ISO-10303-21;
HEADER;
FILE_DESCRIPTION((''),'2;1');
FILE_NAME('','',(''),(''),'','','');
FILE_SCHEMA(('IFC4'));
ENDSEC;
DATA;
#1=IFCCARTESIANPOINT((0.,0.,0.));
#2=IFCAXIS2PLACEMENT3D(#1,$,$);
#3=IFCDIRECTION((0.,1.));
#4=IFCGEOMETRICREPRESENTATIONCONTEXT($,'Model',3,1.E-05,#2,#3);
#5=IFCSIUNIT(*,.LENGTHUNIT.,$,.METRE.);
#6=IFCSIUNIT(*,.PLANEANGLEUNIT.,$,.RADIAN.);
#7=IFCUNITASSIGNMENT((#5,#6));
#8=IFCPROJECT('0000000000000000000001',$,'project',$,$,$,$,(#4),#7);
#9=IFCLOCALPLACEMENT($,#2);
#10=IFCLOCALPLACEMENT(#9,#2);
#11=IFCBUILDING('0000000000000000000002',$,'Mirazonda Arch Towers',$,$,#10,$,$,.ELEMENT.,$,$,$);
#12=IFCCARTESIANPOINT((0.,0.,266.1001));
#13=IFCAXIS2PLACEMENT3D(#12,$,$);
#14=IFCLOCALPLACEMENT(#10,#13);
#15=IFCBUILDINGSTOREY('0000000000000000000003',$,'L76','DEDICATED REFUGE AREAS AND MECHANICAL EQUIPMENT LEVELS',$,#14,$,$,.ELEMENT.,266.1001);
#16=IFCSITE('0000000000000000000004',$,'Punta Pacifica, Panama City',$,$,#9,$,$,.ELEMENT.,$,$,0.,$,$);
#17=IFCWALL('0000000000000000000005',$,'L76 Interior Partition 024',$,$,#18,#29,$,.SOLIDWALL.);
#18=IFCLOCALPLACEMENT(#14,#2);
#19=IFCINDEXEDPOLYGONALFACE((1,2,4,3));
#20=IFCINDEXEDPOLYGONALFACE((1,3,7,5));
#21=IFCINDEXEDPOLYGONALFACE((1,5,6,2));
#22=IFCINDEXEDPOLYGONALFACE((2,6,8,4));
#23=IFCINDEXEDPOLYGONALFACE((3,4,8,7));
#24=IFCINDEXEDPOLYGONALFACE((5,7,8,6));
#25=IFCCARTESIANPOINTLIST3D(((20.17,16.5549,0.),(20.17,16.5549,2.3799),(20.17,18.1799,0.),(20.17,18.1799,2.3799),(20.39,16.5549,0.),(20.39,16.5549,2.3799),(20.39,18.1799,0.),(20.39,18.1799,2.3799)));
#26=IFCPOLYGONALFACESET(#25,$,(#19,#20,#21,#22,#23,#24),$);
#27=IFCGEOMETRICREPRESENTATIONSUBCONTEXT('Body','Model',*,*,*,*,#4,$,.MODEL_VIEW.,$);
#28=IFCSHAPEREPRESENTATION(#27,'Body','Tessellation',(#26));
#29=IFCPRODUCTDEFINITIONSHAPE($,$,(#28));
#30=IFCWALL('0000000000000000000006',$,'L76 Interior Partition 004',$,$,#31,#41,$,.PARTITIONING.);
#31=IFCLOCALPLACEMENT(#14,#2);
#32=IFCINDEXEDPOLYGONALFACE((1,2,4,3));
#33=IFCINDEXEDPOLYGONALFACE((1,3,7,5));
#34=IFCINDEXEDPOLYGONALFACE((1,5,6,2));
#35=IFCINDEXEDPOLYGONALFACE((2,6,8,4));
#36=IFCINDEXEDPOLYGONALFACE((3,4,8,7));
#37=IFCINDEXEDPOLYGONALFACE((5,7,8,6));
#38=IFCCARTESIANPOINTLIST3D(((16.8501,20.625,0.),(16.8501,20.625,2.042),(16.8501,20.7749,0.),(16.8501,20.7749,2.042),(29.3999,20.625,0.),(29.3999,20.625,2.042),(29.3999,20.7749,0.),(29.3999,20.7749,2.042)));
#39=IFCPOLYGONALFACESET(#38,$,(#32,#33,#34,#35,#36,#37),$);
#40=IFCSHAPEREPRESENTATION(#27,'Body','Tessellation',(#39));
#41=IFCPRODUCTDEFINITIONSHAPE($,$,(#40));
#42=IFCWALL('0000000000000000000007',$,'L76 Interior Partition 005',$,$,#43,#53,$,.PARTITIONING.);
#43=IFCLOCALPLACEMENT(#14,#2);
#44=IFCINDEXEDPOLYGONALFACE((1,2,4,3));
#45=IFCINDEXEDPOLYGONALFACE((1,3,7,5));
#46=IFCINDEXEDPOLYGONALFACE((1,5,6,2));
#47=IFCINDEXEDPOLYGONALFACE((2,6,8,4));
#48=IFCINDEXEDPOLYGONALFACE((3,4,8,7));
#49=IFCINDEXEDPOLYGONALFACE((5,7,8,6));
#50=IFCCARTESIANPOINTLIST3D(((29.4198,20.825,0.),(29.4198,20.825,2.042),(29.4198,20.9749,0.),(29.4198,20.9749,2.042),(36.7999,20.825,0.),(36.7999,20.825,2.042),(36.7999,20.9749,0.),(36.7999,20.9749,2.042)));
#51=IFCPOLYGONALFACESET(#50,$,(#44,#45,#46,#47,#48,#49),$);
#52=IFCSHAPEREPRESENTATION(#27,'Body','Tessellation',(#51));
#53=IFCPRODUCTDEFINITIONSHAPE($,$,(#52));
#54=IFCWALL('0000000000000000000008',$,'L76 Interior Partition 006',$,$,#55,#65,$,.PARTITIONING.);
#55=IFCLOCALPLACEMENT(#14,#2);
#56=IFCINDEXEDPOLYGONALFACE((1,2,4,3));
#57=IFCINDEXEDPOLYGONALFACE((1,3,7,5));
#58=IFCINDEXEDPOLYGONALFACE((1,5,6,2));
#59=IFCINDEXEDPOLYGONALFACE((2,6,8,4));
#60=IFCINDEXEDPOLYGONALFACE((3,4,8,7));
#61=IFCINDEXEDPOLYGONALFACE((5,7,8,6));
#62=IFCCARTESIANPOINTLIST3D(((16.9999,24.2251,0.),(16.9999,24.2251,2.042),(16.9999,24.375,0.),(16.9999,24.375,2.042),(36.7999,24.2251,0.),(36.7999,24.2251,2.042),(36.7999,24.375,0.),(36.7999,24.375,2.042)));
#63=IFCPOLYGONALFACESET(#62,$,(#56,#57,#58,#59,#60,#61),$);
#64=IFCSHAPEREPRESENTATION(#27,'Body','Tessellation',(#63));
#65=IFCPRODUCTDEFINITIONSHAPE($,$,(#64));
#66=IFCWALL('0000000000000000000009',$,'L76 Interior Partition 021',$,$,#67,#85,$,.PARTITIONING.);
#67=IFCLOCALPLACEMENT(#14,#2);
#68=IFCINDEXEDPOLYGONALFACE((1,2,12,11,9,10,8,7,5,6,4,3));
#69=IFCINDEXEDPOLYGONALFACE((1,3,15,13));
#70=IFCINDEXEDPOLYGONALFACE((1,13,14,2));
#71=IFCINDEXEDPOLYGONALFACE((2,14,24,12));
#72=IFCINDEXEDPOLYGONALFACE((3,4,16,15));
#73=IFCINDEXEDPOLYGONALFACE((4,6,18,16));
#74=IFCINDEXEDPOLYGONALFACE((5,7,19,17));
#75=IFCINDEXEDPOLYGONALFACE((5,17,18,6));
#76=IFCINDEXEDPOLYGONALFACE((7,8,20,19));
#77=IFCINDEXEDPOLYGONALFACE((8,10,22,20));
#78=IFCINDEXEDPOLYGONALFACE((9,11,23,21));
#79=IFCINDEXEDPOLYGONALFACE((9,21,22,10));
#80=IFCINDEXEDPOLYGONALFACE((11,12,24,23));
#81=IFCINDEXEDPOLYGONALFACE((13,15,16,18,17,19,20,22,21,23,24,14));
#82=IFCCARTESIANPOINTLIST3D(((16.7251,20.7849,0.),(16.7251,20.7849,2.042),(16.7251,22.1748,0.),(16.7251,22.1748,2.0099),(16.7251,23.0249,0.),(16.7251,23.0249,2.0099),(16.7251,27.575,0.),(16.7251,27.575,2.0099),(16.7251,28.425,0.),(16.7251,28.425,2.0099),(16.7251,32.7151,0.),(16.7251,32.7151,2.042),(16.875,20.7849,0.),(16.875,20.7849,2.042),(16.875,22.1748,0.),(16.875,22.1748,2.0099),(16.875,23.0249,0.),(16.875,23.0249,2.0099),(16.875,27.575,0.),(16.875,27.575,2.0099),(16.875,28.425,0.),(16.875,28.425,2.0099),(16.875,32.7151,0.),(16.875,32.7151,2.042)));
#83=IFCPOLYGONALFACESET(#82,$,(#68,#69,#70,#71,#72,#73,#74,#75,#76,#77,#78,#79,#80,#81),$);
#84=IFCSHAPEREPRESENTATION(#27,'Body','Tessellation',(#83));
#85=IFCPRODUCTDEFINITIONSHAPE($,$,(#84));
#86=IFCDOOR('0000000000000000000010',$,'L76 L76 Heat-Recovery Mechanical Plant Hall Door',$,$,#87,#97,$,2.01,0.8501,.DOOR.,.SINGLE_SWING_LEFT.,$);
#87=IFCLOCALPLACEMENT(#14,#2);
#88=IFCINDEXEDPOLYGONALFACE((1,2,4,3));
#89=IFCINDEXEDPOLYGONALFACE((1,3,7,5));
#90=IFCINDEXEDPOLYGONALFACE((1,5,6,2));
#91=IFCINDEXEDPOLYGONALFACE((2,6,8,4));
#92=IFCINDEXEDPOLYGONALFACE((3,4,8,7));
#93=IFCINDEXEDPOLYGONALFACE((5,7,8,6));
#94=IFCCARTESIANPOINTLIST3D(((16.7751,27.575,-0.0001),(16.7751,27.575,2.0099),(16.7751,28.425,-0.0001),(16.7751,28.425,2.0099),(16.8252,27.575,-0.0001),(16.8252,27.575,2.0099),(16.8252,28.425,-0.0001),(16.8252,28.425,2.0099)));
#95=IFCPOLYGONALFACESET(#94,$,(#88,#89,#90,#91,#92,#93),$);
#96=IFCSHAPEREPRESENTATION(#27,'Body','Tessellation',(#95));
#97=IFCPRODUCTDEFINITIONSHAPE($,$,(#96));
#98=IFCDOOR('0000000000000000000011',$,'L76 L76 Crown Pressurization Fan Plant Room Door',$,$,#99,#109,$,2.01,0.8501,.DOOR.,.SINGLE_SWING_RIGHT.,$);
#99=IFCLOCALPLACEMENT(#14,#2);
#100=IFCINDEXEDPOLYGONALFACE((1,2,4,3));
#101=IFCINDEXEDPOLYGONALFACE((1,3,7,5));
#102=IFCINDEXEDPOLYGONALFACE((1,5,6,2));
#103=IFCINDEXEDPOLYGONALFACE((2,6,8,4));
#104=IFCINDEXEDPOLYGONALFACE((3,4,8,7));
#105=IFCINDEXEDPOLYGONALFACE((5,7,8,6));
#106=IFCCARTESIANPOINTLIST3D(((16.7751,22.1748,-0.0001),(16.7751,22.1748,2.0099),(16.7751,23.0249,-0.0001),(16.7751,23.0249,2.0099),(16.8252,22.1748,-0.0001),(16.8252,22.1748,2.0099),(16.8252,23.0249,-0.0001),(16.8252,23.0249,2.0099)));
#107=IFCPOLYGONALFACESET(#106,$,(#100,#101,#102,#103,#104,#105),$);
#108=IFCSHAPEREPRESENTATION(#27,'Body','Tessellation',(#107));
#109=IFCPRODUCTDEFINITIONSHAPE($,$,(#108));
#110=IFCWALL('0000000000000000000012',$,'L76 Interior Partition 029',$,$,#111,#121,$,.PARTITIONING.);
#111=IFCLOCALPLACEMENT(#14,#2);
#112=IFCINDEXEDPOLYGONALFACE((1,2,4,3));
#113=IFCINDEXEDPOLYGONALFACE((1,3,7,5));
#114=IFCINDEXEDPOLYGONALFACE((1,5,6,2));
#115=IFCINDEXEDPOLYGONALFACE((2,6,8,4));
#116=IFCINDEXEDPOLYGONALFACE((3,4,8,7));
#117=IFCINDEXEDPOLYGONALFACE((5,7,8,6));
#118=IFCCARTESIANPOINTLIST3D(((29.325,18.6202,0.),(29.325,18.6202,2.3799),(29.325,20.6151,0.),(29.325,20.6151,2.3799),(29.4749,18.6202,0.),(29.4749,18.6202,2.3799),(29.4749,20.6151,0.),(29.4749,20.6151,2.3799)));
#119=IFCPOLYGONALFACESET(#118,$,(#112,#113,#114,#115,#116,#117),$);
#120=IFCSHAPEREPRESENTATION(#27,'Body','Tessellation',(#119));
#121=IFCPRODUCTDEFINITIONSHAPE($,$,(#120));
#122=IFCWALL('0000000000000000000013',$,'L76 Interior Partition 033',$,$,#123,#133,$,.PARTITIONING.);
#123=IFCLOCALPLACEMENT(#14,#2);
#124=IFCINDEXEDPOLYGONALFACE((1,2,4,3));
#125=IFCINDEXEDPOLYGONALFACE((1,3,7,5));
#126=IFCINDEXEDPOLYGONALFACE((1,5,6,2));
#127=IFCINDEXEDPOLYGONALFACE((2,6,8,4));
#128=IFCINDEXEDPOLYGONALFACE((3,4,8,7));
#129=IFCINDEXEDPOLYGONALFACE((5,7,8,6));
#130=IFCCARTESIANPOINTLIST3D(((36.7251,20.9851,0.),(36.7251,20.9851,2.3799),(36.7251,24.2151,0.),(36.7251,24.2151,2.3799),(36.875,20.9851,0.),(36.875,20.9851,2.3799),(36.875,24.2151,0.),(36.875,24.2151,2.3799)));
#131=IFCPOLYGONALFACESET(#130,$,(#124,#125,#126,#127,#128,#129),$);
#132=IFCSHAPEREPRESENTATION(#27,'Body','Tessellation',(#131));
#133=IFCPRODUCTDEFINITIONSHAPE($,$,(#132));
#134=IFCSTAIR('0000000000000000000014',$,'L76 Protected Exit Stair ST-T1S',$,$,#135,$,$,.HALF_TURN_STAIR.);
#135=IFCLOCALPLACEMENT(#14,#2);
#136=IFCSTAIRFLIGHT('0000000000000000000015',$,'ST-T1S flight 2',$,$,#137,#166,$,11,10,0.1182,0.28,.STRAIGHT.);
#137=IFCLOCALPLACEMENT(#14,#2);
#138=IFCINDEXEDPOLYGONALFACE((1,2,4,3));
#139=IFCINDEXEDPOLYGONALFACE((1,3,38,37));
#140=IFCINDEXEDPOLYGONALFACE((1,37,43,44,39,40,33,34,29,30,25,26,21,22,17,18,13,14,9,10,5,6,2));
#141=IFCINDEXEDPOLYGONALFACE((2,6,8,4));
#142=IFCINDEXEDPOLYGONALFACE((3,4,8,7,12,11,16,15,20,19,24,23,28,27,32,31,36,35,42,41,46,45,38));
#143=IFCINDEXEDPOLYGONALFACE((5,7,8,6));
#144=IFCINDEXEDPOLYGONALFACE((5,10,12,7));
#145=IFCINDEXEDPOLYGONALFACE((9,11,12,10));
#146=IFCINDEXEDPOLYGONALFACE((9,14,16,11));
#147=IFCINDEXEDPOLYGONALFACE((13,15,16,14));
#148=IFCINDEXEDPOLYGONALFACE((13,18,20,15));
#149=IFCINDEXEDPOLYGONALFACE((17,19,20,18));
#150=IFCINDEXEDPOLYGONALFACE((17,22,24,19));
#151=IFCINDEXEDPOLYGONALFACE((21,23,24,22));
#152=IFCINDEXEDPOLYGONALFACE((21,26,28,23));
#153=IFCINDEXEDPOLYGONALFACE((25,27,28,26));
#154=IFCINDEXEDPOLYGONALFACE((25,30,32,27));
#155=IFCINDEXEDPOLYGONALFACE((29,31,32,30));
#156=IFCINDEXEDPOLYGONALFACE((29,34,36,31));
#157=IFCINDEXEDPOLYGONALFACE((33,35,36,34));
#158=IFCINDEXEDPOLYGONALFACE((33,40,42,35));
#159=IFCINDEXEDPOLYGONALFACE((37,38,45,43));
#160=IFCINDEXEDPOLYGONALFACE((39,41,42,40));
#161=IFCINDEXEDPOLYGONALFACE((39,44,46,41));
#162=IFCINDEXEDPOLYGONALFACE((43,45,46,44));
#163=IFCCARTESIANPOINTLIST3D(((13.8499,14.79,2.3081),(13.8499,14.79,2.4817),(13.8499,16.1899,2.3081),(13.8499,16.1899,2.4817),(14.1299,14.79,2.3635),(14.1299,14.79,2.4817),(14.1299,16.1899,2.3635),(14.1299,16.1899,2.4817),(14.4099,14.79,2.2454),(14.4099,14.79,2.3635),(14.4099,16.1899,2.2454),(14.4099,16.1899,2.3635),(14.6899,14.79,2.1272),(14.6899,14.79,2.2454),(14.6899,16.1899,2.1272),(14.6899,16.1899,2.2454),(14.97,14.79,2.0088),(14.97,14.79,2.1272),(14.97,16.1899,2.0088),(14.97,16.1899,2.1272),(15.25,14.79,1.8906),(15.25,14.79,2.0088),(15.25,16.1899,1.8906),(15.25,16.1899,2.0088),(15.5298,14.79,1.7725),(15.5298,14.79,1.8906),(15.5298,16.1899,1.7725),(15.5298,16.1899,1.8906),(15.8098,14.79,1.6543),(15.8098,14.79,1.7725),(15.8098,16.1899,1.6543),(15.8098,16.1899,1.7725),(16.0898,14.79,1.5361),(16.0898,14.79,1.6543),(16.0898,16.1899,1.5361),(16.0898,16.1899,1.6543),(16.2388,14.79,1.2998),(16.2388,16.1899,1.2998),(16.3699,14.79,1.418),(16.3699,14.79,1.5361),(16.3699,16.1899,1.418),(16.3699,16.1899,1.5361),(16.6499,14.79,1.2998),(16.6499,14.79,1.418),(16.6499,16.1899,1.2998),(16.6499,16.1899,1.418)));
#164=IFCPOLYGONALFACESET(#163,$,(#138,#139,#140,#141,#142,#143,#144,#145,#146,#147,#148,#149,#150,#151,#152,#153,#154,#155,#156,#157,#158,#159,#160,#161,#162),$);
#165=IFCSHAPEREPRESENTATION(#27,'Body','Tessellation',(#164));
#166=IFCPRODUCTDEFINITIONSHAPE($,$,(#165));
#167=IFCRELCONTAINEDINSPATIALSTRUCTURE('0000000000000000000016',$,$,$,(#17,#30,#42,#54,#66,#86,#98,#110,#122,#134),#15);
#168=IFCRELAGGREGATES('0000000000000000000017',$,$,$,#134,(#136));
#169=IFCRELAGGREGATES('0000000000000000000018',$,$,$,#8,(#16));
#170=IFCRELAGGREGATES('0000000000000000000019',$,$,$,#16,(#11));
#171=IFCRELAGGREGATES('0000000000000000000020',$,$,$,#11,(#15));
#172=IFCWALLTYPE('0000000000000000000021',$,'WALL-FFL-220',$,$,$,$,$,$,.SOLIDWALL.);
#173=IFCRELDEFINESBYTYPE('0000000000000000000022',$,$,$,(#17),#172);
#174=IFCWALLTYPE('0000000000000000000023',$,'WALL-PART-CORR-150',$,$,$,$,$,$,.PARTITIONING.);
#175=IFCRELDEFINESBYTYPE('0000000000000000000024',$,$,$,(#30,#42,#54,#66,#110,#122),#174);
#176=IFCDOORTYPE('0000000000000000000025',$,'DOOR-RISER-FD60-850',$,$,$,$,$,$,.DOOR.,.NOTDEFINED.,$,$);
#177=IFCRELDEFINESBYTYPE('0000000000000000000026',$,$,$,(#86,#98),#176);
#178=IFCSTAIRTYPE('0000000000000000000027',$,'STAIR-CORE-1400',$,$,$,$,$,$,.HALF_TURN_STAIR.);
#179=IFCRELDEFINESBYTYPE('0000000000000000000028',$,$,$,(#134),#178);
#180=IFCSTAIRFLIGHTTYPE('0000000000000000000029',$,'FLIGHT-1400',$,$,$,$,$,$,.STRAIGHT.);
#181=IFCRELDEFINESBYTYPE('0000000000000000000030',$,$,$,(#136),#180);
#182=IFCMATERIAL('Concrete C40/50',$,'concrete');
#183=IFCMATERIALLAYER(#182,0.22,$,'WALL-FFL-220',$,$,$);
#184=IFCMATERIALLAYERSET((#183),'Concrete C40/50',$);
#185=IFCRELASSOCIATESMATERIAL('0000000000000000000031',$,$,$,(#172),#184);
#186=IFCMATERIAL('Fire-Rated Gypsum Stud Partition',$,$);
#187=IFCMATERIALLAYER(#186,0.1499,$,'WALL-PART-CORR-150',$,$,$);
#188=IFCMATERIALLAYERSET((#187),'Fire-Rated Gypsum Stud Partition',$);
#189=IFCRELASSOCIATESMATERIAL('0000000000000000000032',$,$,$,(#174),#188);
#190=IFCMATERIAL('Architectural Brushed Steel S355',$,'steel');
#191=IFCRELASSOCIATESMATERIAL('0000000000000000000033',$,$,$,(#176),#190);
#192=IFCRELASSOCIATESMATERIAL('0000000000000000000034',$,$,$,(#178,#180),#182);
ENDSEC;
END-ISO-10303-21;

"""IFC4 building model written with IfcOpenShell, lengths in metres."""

from ifc_helpers import new_model, si_unit, direction, frame, frame_2d, origin, place, context, subcontext, project, spatial, polyline, rectangle, outline, extrude, material, layer, layer_set, type_object, element, fill, aggregate, save


model = new_model("IFC4")

# Units and contexts
model_context = context("Model", 3, precision=1e-05, world=origin(), true_north=direction((0.0, 1.0)))
body_context = subcontext(model_context, "Body", "Model", "MODEL_VIEW")
ifc_project = project(units=[si_unit("LENGTHUNIT", "METRE"), si_unit("PLANEANGLEUNIT", "RADIAN")], contexts=[model_context])

# Site, building, storey
site_placement = place(None, origin())
site = spatial("IfcSite", under=ifc_project, at=site_placement, Name="Punta Pacifica, Panama City", CompositionType="ELEMENT", RefElevation=0.0)
building_placement = place(site_placement, origin())
building = spatial("IfcBuilding", under=site, at=building_placement, Name="Mirazonda Arch Towers", CompositionType="ELEMENT")
storey_placement = place(building_placement, frame((0.0, 0.0, 266.1001)))
storey = spatial("IfcBuildingStorey", under=building, at=storey_placement, Name="L76", Description="DEDICATED REFUGE AREAS AND MECHANICAL EQUIPMENT LEVELS", CompositionType="ELEMENT", Elevation=266.1001)

# Walls
ifc_material_1 = material(Name="Concrete C40/50", Category="concrete")
ifc_layer_1 = layer(ifc_material_1, 0.22, Name="WALL-FFL-220")
ifc_layer_set_1 = layer_set([ifc_layer_1], Name="Concrete C40/50")
wall_type_1 = type_object("IfcWallType", Name="WALL-FFL-220", PredefinedType="SOLIDWALL", material=ifc_layer_set_1)
wall_1_placement = place(storey_placement, frame((20.28, 16.5549, 0.0), z_axis=(0.0, 0.0, 1.0), x_axis=(0.0, 1.0, 0.0)))
element("IfcWall", 1, at=wall_1_placement, inside=storey, type_object=wall_type_1, Name="L76 Interior Partition 024", PredefinedType="SOLIDWALL", context=body_context, shape_type="SweptSolid", body=[
    extrude(rectangle(XDim=1.625, YDim=0.22, at=frame_2d((0.8125, 0.0))), origin(), (0.0, 0.0, 1.0), 2.3799),
])
ifc_material_2 = material(Name="Fire-Rated Gypsum Stud Partition")
ifc_layer_2 = layer(ifc_material_2, 0.1499, Name="WALL-PART-CORR-150")
ifc_layer_set_2 = layer_set([ifc_layer_2], Name="Fire-Rated Gypsum Stud Partition")
wall_type_2 = type_object("IfcWallType", Name="WALL-PART-CORR-150", PredefinedType="PARTITIONING", material=ifc_layer_set_2)
wall_2_placement = place(storey_placement, frame((16.8501, 20.7, 0.0), z_axis=(0.0, 0.0, 1.0), x_axis=(1.0, 0.0, 0.0)))
element("IfcWall", 2, at=wall_2_placement, inside=storey, type_object=wall_type_2, Name="L76 Interior Partition 004", PredefinedType="PARTITIONING", context=body_context, shape_type="SweptSolid", body=[
    extrude(rectangle(XDim=12.5498, YDim=0.1499, at=frame_2d((6.2749, 0.0))), origin(), (0.0, 0.0, 1.0), 2.042),
])
wall_3_placement = place(storey_placement, frame((29.4199, 20.8999, 0.0), z_axis=(0.0, 0.0, 1.0), x_axis=(1.0, 0.0, 0.0)))
element("IfcWall", 3, at=wall_3_placement, inside=storey, type_object=wall_type_2, Name="L76 Interior Partition 005", PredefinedType="PARTITIONING", context=body_context, shape_type="SweptSolid", body=[
    extrude(rectangle(XDim=7.3801, YDim=0.1499, at=frame_2d((3.6899, 0.0))), origin(), (0.0, 0.0, 1.0), 2.042),
])
wall_4_placement = place(storey_placement, frame((17.0, 24.3, 0.0), z_axis=(0.0, 0.0, 1.0), x_axis=(1.0, 0.0, 0.0)))
element("IfcWall", 4, at=wall_4_placement, inside=storey, type_object=wall_type_2, Name="L76 Interior Partition 006", PredefinedType="PARTITIONING", context=body_context, shape_type="SweptSolid", body=[
    extrude(rectangle(XDim=19.8, YDim=0.1499, at=frame_2d((9.8999, 0.0))), origin(), (0.0, 0.0, 1.0), 2.042),
])

# Wall, openings, doors
wall_5_placement = place(storey_placement, frame((16.8, 20.7849, 0.0), z_axis=(0.0, 0.0, 1.0), x_axis=(0.0, 1.0, 0.0)))
wall_5 = element("IfcWall", 5, at=wall_5_placement, inside=storey, type_object=wall_type_2, Name="L76 Interior Partition 021", PredefinedType="PARTITIONING", context=body_context, shape_type="SweptSolid", body=[
    extrude(rectangle(XDim=11.9302, YDim=0.1499, at=frame_2d((5.9651, 0.0))), origin(), (0.0, 0.0, 1.0), 2.042),
])
opening_1_placement = place(wall_5_placement, frame((6.79, 0.0, 0.0)))
opening_1 = element("IfcOpeningElement", 6, at=opening_1_placement, cuts=wall_5, PredefinedType="OPENING", context=body_context, shape_type="SweptSolid", body=[
    extrude(rectangle(XDim=0.8501, YDim=2.01, at=frame_2d((0.425, 1.0049))), frame((0.0, 0.085, 0.0), z_axis=(0.0, -1.0, 0.0), x_axis=(1.0, 0.0, 0.0)), (0.0, 0.0, 1.0), 0.1699),
])
opening_2_placement = place(wall_5_placement, frame((1.3899, 0.0, 0.0)))
opening_2 = element("IfcOpeningElement", 7, at=opening_2_placement, cuts=wall_5, PredefinedType="OPENING", context=body_context, shape_type="SweptSolid", body=[
    extrude(rectangle(XDim=0.8501, YDim=2.01, at=frame_2d((0.425, 1.0049))), frame((0.0, 0.085, 0.0), z_axis=(0.0, -1.0, 0.0), x_axis=(1.0, 0.0, 0.0)), (0.0, 0.0, 1.0), 0.1699),
])
ifc_material_3 = material(Name="Architectural Brushed Steel S355", Category="steel")
door_type = type_object("IfcDoorType", Name="DOOR-RISER-FD60-850", OperationType="NOTDEFINED", PredefinedType="DOOR", material=ifc_material_3)
door_1_placement = place(opening_1_placement, origin())
door_1 = element("IfcDoor", 8, at=door_1_placement, inside=storey, type_object=door_type, Name="L76 L76 Heat-Recovery Mechanical Plant Hall Door", OperationType="SINGLE_SWING_LEFT", OverallHeight=2.01, OverallWidth=0.8501, PredefinedType="DOOR", context=body_context, shape_type="SweptSolid", body=[
    extrude(rectangle(XDim=0.8501, YDim=2.01, at=frame_2d((0.425, 1.0049))), frame((0.0, 0.0249, 0.0), z_axis=(0.0, -1.0, 0.0), x_axis=(1.0, 0.0, 0.0)), (0.0, 0.0, 1.0), 0.05),
])
fill(opening_1, door_1)
door_2_placement = place(opening_2_placement, origin())
door_2 = element("IfcDoor", 9, at=door_2_placement, inside=storey, type_object=door_type, Name="L76 L76 Crown Pressurization Fan Plant Room Door", OperationType="SINGLE_SWING_RIGHT", OverallHeight=2.01, OverallWidth=0.8501, PredefinedType="DOOR", context=body_context, shape_type="SweptSolid", body=[
    extrude(rectangle(XDim=0.8501, YDim=2.01, at=frame_2d((0.425, 1.0049))), frame((0.0, 0.0249, 0.0), z_axis=(0.0, -1.0, 0.0), x_axis=(1.0, 0.0, 0.0)), (0.0, 0.0, 1.0), 0.05),
])
fill(opening_2, door_2)

# Walls
wall_6_placement = place(storey_placement, frame((29.3999, 18.6201, 0.0), z_axis=(0.0, 0.0, 1.0), x_axis=(0.0, 1.0, 0.0)))
element("IfcWall", 10, at=wall_6_placement, inside=storey, type_object=wall_type_2, Name="L76 Interior Partition 029", PredefinedType="PARTITIONING", context=body_context, shape_type="SweptSolid", body=[
    extrude(rectangle(XDim=1.9949, YDim=0.1499, at=frame_2d((0.9976, 0.0))), origin(), (0.0, 0.0, 1.0), 2.3799),
])
wall_7_placement = place(storey_placement, frame((36.8, 20.9851, 0.0), z_axis=(0.0, 0.0, 1.0), x_axis=(0.0, 1.0, 0.0)))
element("IfcWall", 11, at=wall_7_placement, inside=storey, type_object=wall_type_2, Name="L76 Interior Partition 033", PredefinedType="PARTITIONING", context=body_context, shape_type="SweptSolid", body=[
    extrude(rectangle(XDim=3.23, YDim=0.1499, at=frame_2d((1.615, 0.0))), origin(), (0.0, 0.0, 1.0), 2.3799),
])

# Stair, stair flight
stair_type = type_object("IfcStairType", Name="STAIR-CORE-1400", PredefinedType="HALF_TURN_STAIR", material=ifc_material_1)
stair_placement = place(storey_placement, origin())
stair = element("IfcStair", 12, at=stair_placement, inside=storey, type_object=stair_type, Name="L76 Protected Exit Stair ST-T1S", PredefinedType="HALF_TURN_STAIR")
stair_flight_type = type_object("IfcStairFlightType", Name="FLIGHT-1400", PredefinedType="STRAIGHT", material=ifc_material_1)
stair_flight_placement = place(storey_placement, frame((16.6499, 15.49, 1.2998), z_axis=(0.0, 0.0, 1.0), x_axis=(-1.0, 0.0, 0.0)))
stair_flight = element("IfcStairFlight", 13, at=stair_flight_placement, type_object=stair_flight_type, Name="ST-T1S flight 2", NumberOfRisers=11, NumberOfTreads=10, PredefinedType="STRAIGHT", RiserHeight=0.1182, TreadLength=0.28, context=body_context, shape_type="SweptSolid", body=[
    extrude(outline(polyline([(0.0, 0.0), (0.0, 0.1182), (0.28, 0.1182), (0.28, 0.2363), (0.5601, 0.2363), (0.5601, 0.3545), (0.8401, 0.3545), (0.8401, 0.4727), (1.1201, 0.4727), (1.1201, 0.5908), (1.3999, 0.5908), (1.3999, 0.709), (1.6799, 0.709), (1.6799, 0.8274), (1.96, 0.8274), (1.96, 0.9456), (2.24, 0.9456), (2.24, 1.0637), (2.52, 1.0637), (2.52, 1.1819), (2.8, 1.1819), (2.8, 1.3), (2.8, 1.0083), (0.4111, 0.0), (0.0, 0.0)])), frame((0.0, 0.7, 0.0), z_axis=(0.0, -1.0, 0.0), x_axis=(1.0, 0.0, 0.0)), (0.0, 0.0, 1.0), 1.3999),
])
aggregate(stair, [stair_flight])

save(model, "model.ifc")
